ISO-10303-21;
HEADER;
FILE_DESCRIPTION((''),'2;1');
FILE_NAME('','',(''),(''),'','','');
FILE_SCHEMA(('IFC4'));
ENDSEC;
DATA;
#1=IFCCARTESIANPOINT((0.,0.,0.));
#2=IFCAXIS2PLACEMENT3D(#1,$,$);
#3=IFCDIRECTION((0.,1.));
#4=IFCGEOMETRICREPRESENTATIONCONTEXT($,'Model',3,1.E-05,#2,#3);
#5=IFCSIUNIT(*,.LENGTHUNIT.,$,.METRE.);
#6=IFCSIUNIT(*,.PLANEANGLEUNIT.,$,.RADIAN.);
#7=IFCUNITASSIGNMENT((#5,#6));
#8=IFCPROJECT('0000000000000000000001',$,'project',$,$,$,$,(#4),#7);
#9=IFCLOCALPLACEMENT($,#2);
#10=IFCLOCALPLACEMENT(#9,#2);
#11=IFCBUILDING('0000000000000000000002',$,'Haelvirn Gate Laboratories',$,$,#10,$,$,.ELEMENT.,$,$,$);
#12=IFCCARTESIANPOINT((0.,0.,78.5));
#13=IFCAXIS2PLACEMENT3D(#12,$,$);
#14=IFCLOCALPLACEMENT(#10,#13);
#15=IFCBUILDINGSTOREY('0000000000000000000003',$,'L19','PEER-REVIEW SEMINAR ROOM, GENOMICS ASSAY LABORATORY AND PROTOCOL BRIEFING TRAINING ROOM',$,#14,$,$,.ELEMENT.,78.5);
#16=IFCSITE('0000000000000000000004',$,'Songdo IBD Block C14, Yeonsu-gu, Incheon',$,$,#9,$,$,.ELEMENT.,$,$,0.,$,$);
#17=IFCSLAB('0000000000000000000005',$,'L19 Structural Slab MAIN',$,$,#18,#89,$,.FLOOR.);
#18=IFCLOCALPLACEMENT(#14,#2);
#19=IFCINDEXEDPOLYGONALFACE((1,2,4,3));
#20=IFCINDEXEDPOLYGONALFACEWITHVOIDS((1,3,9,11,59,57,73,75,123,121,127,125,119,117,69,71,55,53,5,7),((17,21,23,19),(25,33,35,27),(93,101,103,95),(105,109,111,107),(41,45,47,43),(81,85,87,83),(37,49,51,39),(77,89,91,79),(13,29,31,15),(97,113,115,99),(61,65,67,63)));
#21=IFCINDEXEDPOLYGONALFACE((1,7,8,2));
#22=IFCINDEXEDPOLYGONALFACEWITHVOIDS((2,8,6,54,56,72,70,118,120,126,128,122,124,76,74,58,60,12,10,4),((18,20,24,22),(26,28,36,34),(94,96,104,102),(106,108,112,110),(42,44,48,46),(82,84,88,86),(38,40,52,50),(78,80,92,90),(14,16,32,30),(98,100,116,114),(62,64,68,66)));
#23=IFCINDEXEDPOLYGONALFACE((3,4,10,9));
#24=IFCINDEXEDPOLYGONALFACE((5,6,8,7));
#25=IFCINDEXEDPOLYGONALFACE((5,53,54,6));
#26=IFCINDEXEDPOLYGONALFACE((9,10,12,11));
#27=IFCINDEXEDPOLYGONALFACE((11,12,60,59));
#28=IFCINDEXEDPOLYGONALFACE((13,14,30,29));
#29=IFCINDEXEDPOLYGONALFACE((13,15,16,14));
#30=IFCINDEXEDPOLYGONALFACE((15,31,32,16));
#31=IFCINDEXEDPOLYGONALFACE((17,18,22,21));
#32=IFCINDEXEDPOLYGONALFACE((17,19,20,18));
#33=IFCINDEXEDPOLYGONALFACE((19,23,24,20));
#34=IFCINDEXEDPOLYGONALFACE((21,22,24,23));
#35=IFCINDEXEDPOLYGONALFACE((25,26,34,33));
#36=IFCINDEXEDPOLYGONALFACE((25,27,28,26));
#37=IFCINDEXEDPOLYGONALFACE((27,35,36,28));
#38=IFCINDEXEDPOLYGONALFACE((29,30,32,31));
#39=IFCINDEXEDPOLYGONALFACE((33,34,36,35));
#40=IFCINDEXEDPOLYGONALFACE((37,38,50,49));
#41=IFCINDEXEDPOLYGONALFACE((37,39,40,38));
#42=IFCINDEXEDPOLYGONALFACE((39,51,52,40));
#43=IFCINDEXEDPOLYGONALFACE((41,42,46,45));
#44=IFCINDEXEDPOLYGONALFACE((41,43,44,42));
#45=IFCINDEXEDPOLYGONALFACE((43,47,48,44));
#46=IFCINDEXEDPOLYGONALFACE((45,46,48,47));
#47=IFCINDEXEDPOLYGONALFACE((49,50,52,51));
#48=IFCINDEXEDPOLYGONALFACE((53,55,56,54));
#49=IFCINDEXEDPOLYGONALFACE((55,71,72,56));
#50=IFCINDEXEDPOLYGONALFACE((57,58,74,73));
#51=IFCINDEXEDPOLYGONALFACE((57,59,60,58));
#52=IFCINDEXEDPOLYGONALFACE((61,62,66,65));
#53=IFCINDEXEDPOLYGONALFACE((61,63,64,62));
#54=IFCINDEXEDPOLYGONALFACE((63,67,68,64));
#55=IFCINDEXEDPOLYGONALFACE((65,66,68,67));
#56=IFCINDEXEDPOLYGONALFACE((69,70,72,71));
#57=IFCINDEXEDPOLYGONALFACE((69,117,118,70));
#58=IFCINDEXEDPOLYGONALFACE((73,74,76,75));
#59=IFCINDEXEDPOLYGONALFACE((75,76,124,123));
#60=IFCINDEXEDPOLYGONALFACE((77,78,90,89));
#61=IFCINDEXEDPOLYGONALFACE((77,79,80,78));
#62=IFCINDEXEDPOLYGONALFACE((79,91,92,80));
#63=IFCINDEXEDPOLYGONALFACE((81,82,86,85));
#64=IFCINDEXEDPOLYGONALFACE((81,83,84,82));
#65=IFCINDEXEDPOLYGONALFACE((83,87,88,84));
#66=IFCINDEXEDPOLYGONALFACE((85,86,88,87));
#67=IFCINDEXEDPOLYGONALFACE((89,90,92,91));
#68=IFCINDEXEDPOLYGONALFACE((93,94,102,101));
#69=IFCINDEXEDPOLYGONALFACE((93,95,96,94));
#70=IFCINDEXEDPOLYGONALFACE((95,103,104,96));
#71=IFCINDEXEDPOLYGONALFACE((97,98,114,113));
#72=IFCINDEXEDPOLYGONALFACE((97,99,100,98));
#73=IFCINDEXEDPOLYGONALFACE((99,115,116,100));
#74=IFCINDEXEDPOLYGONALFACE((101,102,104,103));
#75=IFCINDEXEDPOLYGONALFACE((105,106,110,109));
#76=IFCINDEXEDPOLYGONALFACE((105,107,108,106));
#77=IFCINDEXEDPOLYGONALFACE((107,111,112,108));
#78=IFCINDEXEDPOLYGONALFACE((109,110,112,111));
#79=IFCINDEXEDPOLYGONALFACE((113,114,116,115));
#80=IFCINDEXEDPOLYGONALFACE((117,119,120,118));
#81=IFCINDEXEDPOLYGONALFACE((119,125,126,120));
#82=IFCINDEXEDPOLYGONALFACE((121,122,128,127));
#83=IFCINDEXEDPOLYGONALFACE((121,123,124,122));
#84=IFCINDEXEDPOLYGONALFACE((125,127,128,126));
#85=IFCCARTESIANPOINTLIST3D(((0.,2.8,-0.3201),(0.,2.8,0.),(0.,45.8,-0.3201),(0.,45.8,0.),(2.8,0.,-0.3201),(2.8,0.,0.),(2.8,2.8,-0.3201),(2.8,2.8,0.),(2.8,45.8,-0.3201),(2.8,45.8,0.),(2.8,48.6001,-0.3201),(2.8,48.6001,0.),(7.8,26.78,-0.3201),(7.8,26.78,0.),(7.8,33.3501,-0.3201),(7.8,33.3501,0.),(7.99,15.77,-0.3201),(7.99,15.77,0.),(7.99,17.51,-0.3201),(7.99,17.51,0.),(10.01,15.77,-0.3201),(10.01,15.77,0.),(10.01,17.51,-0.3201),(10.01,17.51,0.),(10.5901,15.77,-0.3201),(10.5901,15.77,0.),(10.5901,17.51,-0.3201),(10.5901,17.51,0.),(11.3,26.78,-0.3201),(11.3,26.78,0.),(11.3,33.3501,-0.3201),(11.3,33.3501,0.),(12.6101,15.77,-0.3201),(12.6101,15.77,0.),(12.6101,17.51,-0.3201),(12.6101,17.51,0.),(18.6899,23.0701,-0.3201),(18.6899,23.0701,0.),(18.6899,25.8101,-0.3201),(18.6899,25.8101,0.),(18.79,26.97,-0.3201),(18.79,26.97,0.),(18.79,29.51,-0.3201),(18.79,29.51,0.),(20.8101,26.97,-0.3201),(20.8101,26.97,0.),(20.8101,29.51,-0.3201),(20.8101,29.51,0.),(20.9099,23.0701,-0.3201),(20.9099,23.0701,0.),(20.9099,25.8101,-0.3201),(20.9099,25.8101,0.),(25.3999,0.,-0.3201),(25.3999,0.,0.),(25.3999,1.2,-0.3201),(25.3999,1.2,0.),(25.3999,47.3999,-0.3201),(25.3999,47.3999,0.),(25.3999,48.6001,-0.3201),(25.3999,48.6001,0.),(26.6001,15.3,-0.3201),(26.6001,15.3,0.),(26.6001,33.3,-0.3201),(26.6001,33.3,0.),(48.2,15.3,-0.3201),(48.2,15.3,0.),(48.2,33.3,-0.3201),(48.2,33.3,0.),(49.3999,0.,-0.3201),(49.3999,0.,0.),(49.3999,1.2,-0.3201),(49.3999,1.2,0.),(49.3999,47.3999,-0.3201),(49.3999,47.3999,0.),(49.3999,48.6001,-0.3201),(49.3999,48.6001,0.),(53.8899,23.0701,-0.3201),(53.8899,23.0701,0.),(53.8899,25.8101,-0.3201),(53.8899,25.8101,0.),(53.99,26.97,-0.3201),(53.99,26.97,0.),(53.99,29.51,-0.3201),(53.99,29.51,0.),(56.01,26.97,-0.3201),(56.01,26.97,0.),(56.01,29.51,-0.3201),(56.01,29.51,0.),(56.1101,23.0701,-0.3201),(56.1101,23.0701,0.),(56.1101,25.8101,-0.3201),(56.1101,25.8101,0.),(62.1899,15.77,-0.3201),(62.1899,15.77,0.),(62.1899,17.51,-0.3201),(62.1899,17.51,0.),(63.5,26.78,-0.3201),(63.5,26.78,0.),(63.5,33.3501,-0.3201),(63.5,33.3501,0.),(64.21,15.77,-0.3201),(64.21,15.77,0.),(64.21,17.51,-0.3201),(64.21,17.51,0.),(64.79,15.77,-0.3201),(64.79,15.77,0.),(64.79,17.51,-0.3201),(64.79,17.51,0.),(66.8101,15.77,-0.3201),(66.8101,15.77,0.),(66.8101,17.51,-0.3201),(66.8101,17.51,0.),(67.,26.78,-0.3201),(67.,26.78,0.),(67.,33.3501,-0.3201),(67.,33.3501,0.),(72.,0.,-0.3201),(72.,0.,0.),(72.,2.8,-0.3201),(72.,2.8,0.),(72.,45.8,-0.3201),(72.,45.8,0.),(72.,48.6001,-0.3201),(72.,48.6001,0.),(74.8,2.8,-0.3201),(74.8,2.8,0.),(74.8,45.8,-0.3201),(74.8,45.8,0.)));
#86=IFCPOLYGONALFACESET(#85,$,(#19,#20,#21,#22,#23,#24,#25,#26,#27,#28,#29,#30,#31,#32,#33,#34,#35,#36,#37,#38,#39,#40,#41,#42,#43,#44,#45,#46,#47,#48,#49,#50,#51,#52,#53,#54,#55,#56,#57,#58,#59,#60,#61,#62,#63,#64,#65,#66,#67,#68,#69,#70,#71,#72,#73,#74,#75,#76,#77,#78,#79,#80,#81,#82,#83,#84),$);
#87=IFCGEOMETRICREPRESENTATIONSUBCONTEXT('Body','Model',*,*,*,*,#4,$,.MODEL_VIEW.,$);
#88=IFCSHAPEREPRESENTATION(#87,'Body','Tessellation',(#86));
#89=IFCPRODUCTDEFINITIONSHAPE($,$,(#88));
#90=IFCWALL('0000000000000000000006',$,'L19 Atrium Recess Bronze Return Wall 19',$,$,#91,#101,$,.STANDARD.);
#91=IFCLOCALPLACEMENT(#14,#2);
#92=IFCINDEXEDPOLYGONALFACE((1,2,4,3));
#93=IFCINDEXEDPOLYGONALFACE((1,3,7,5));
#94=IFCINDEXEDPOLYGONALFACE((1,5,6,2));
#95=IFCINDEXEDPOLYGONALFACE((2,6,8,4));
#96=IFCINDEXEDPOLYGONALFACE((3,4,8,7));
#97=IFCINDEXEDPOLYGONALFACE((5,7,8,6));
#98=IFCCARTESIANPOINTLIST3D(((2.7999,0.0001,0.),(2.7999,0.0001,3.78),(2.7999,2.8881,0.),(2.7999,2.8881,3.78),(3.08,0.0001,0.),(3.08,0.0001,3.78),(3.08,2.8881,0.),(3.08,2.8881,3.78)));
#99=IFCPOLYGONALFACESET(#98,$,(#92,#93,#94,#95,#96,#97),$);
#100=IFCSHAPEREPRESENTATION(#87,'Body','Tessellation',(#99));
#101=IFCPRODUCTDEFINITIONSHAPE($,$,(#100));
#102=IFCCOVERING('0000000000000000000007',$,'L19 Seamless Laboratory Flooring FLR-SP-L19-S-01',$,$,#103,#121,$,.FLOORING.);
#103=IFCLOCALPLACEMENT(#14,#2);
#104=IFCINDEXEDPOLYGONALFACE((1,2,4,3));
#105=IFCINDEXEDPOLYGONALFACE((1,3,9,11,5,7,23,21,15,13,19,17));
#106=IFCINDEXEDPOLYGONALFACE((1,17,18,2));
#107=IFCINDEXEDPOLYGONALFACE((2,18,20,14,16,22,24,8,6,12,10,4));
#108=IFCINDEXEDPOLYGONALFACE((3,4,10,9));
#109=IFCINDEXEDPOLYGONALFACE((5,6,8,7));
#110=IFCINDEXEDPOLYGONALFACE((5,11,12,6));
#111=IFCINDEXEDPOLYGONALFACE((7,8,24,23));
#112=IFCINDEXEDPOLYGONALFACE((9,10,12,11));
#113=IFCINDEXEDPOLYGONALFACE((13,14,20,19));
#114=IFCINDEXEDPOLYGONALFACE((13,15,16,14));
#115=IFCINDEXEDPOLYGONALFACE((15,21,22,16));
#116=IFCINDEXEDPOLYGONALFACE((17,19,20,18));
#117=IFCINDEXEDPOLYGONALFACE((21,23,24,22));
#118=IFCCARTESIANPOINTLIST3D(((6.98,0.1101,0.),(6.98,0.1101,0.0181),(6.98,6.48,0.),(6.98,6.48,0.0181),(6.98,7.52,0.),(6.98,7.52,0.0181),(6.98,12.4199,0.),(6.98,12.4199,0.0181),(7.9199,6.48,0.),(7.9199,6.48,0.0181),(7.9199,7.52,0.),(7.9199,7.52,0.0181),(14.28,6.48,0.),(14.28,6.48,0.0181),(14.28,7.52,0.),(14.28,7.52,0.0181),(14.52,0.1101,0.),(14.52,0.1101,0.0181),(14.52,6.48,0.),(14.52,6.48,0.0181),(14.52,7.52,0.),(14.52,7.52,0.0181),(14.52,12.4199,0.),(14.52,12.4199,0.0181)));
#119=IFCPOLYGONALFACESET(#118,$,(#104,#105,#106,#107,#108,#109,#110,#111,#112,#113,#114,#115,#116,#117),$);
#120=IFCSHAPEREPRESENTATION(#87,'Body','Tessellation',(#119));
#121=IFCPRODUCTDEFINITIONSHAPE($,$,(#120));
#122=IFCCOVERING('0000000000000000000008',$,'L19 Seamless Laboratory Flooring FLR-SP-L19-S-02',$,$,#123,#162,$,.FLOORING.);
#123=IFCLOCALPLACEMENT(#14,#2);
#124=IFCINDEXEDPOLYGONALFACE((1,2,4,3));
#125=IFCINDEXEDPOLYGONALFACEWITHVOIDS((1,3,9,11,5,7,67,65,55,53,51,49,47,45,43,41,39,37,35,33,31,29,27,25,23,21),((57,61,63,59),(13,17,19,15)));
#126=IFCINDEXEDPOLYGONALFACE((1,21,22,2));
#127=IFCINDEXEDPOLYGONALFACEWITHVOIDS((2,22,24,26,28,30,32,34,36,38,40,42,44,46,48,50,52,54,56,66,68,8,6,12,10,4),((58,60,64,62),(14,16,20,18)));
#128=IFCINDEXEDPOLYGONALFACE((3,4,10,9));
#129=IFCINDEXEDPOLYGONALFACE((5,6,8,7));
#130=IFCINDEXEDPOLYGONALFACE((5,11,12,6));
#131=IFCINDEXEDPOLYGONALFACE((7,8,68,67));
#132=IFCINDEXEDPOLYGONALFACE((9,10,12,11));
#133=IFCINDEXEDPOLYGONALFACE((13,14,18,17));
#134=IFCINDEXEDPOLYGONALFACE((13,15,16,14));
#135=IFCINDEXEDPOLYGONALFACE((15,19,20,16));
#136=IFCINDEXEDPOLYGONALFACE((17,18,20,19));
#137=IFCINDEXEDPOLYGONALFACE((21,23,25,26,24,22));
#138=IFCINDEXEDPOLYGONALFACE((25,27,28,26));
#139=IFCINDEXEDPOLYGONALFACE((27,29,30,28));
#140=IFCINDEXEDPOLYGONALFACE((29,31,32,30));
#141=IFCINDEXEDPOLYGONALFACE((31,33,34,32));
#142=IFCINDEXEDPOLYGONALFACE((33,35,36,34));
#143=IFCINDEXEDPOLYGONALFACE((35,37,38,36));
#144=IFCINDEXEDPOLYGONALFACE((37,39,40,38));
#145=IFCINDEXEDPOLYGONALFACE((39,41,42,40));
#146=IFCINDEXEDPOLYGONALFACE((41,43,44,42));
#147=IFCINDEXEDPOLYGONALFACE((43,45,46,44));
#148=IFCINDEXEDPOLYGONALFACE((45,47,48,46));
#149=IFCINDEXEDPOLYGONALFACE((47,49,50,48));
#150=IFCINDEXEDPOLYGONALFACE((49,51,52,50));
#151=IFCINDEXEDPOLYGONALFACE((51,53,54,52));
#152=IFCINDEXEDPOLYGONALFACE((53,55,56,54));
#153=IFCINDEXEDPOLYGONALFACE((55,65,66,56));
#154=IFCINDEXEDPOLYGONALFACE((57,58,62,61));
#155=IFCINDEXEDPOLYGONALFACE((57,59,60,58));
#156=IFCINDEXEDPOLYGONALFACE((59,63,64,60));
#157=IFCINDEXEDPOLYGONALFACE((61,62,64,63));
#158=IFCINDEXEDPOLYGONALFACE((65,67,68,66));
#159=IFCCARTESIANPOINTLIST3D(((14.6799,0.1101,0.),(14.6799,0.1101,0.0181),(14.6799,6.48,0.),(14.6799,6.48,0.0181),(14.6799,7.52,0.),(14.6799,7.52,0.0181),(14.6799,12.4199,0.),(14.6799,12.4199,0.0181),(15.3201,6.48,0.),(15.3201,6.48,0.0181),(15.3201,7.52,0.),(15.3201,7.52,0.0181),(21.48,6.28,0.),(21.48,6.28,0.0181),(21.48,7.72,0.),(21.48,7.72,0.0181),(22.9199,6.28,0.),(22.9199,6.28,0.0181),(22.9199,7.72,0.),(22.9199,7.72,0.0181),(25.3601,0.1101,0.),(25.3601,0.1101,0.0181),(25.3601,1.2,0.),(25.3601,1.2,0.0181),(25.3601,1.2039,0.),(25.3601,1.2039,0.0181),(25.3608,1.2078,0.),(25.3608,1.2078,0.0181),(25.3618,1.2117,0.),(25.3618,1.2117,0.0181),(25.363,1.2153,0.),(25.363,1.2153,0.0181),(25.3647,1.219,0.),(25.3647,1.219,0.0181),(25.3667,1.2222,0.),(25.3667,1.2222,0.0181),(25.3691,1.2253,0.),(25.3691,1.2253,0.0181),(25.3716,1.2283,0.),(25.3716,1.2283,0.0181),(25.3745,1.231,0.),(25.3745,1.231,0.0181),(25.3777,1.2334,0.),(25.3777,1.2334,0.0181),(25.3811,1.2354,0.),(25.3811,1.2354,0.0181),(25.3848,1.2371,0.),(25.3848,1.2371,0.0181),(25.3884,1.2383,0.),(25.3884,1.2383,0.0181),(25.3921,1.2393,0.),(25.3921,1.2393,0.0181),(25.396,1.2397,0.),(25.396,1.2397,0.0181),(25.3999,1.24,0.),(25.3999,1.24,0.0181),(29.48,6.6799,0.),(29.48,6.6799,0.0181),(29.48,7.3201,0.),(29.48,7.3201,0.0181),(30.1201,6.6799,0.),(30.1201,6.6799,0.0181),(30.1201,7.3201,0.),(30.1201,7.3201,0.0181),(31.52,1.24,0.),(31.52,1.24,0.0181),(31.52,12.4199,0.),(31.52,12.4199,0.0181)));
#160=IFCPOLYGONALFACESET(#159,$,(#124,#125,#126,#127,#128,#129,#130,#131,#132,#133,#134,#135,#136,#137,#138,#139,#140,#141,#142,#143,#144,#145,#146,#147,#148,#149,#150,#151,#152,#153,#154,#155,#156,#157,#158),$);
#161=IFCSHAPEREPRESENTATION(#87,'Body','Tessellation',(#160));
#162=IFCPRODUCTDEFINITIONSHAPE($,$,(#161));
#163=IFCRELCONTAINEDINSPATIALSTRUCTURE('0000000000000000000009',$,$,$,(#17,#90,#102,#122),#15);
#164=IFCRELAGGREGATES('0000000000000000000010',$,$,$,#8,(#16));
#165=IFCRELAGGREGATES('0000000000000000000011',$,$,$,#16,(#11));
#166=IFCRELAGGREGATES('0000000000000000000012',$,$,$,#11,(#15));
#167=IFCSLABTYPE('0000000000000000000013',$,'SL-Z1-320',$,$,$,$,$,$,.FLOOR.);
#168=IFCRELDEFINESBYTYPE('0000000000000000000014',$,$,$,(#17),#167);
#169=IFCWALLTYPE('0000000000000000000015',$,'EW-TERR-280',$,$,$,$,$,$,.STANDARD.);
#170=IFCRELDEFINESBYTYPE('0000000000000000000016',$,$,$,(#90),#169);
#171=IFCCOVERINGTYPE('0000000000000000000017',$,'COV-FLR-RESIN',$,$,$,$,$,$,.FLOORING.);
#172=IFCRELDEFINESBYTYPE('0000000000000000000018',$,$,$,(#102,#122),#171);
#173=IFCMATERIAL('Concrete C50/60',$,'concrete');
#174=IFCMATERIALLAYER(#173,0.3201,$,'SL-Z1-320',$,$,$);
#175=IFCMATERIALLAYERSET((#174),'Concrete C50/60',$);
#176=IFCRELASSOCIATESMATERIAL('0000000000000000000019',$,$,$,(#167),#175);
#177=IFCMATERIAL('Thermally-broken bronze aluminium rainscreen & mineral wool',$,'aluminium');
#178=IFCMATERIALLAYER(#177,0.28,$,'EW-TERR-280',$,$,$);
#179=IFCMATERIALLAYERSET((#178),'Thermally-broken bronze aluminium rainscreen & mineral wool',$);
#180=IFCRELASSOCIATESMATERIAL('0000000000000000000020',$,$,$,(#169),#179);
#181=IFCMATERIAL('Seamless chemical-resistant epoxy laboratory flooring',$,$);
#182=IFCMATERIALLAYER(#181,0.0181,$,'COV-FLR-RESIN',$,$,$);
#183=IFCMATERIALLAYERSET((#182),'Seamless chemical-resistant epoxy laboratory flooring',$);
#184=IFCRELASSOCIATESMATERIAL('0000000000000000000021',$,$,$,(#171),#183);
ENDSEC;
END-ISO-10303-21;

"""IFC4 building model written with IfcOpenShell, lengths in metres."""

from ifc_helpers import new_model, si_unit, direction, frame, frame_2d, origin, place, context, subcontext, project, spatial, polyline, rectangle, outline, extrude, material, layer, layer_set, type_object, element, save


model = new_model("IFC4")

# Units and contexts
model_context = context("Model", 3, precision=1e-05, world=origin(), true_north=direction((0.0, 1.0)))
body_context = subcontext(model_context, "Body", "Model", "MODEL_VIEW")
ifc_project = project(units=[si_unit("LENGTHUNIT", "METRE"), si_unit("PLANEANGLEUNIT", "RADIAN")], contexts=[model_context])

# Site, building, storey
site_placement = place(None, origin())
site = spatial("IfcSite", under=ifc_project, at=site_placement, Name="Songdo IBD Block C14, Yeonsu-gu, Incheon", CompositionType="ELEMENT", RefElevation=0.0)
building_placement = place(site_placement, origin())
building = spatial("IfcBuilding", under=site, at=building_placement, Name="Haelvirn Gate Laboratories", CompositionType="ELEMENT")
storey_placement = place(building_placement, frame((0.0, 0.0, 78.5)))
storey = spatial("IfcBuildingStorey", under=building, at=storey_placement, Name="L19", Description="PEER-REVIEW SEMINAR ROOM, GENOMICS ASSAY LABORATORY AND PROTOCOL BRIEFING TRAINING ROOM", CompositionType="ELEMENT", Elevation=78.5)

# Slab
ifc_material_1 = material(Name="Concrete C50/60", Category="concrete")
ifc_layer_1 = layer(ifc_material_1, 0.3201, Name="SL-Z1-320")
ifc_layer_set_1 = layer_set([ifc_layer_1], Name="Concrete C50/60")
slab_type_1 = type_object("IfcSlabType", Name="SL-Z1-320", PredefinedType="FLOOR", material=ifc_layer_set_1)
slab_1_placement = place(storey_placement, frame((0.0, 0.0, -0.3201)))
element("IfcSlab", 1, at=slab_1_placement, inside=storey, type_object=slab_type_1, Name="L19 Structural Slab MAIN", PredefinedType="FLOOR", context=body_context, shape_type="SweptSolid", body=[
    extrude(outline(polyline([(2.8, 0.0), (25.3999, 0.0), (25.3999, 1.2), (49.3999, 1.2), (49.3999, 0.0), (72.0, 0.0), (72.0, 2.8), (74.8, 2.8), (74.8, 45.8), (72.0, 45.8), (72.0, 48.6001), (49.3999, 48.6001), (49.3999, 47.3999), (25.3999, 47.3999), (25.3999, 48.6001), (2.8, 48.6001), (2.8, 45.8), (0.0, 45.8), (0.0, 2.8), (2.8, 2.8), (2.8, 0.0)]), holes=[polyline([(26.6001, 15.3), (48.2, 15.3), (48.2, 33.3), (26.6001, 33.3), (26.6001, 15.3)]), polyline([(11.3, 26.78), (11.3, 33.3501), (7.8, 33.3501), (7.8, 26.78), (11.3, 26.78)]), polyline([(67.0, 26.78), (67.0, 33.3501), (63.5, 33.3501), (63.5, 26.78), (67.0, 26.78)]), polyline([(7.99, 15.77), (10.01, 15.77), (10.01, 17.51), (7.99, 17.51), (7.99, 15.77)]), polyline([(10.5901, 15.77), (12.6101, 15.77), (12.6101, 17.51), (10.5901, 17.51), (10.5901, 15.77)]), polyline([(18.79, 26.97), (20.8101, 26.97), (20.8101, 29.51), (18.79, 29.51), (18.79, 26.97)]), polyline([(18.6899, 23.0701), (20.9099, 23.0701), (20.9099, 25.8101), (18.6899, 25.8101), (18.6899, 23.0701)]), polyline([(64.79, 15.77), (66.8101, 15.77), (66.8101, 17.51), (64.79, 17.51), (64.79, 15.77)]), polyline([(62.1899, 15.77), (64.21, 15.77), (64.21, 17.51), (62.1899, 17.51), (62.1899, 15.77)]), polyline([(53.99, 26.97), (56.01, 26.97), (56.01, 29.51), (53.99, 29.51), (53.99, 26.97)]), polyline([(53.8899, 23.0701), (56.1101, 23.0701), (56.1101, 25.8101), (53.8899, 25.8101), (53.8899, 23.0701)])]), origin(), (0.0, 0.0, 1.0), 0.3201),
])

# Wall
ifc_material_2 = material(Name="Thermally-broken bronze aluminium rainscreen & mineral wool", Category="aluminium")
ifc_layer_2 = layer(ifc_material_2, 0.28, Name="EW-TERR-280")
ifc_layer_set_2 = layer_set([ifc_layer_2], Name="Thermally-broken bronze aluminium rainscreen & mineral wool")
wall_type = type_object("IfcWallType", Name="EW-TERR-280", PredefinedType="STANDARD", material=ifc_layer_set_2)
wall_placement = place(storey_placement, frame((2.9399, 2.8879, 0.0), z_axis=(0.0, 0.0, 1.0), x_axis=(0.0, -1.0, 0.0)))
element("IfcWall", 2, at=wall_placement, inside=storey, type_object=wall_type, Name="L19 Atrium Recess Bronze Return Wall 19", PredefinedType="STANDARD", context=body_context, shape_type="SweptSolid", body=[
    extrude(rectangle(XDim=2.8879, YDim=0.28, at=frame_2d((1.4438, 0.0))), origin(), (0.0, 0.0, 1.0), 3.78),
])

# Coverings
ifc_material_3 = material(Name="Seamless chemical-resistant epoxy laboratory flooring")
ifc_layer_3 = layer(ifc_material_3, 0.0181, Name="COV-FLR-RESIN")
ifc_layer_set_3 = layer_set([ifc_layer_3], Name="Seamless chemical-resistant epoxy laboratory flooring")
covering_type = type_object("IfcCoveringType", Name="COV-FLR-RESIN", PredefinedType="FLOORING", material=ifc_layer_set_3)
covering_1_placement = place(storey_placement, origin())
element("IfcCovering", 3, at=covering_1_placement, inside=storey, type_object=covering_type, Name="L19 Seamless Laboratory Flooring FLR-SP-L19-S-01", PredefinedType="FLOORING", context=body_context, shape_type="SweptSolid", body=[
    extrude(outline(polyline([(14.52, 7.52), (14.28, 7.52), (14.28, 6.48), (14.52, 6.48), (14.52, 0.1101), (6.98, 0.1101), (6.98, 6.48), (7.9199, 6.48), (7.9199, 7.52), (6.98, 7.52), (6.98, 12.4199), (14.52, 12.4199), (14.52, 7.52)])), origin(), (0.0, 0.0, 1.0), 0.0181),
])
covering_2_placement = place(storey_placement, origin())
element("IfcCovering", 4, at=covering_2_placement, inside=storey, type_object=covering_type, Name="L19 Seamless Laboratory Flooring FLR-SP-L19-S-02", PredefinedType="FLOORING", context=body_context, shape_type="SweptSolid", body=[
    extrude(outline(polyline([(14.6799, 7.52), (14.6799, 12.4199), (31.52, 12.4199), (31.52, 1.24), (25.3999, 1.24), (25.396, 1.2397), (25.3921, 1.2393), (25.3884, 1.2383), (25.3848, 1.2371), (25.3811, 1.2354), (25.3777, 1.2334), (25.3745, 1.231), (25.3716, 1.2283), (25.3691, 1.2253), (25.3667, 1.2222), (25.3647, 1.219), (25.363, 1.2153), (25.3618, 1.2117), (25.3608, 1.2078), (25.3601, 1.2039), (25.3601, 1.2), (25.3601, 0.1101), (14.6799, 0.1101), (14.6799, 6.48), (15.3201, 6.48), (15.3201, 7.52), (14.6799, 7.52)]), holes=[polyline([(21.48, 6.28), (22.9199, 6.28), (22.9199, 7.72), (21.48, 7.72), (21.48, 6.28)]), polyline([(29.48, 7.3201), (29.48, 6.6799), (30.1201, 6.6799), (30.1201, 7.3201), (29.48, 7.3201)])]), origin(), (0.0, 0.0, 1.0), 0.0181),
])

save(model, "model.ifc")
